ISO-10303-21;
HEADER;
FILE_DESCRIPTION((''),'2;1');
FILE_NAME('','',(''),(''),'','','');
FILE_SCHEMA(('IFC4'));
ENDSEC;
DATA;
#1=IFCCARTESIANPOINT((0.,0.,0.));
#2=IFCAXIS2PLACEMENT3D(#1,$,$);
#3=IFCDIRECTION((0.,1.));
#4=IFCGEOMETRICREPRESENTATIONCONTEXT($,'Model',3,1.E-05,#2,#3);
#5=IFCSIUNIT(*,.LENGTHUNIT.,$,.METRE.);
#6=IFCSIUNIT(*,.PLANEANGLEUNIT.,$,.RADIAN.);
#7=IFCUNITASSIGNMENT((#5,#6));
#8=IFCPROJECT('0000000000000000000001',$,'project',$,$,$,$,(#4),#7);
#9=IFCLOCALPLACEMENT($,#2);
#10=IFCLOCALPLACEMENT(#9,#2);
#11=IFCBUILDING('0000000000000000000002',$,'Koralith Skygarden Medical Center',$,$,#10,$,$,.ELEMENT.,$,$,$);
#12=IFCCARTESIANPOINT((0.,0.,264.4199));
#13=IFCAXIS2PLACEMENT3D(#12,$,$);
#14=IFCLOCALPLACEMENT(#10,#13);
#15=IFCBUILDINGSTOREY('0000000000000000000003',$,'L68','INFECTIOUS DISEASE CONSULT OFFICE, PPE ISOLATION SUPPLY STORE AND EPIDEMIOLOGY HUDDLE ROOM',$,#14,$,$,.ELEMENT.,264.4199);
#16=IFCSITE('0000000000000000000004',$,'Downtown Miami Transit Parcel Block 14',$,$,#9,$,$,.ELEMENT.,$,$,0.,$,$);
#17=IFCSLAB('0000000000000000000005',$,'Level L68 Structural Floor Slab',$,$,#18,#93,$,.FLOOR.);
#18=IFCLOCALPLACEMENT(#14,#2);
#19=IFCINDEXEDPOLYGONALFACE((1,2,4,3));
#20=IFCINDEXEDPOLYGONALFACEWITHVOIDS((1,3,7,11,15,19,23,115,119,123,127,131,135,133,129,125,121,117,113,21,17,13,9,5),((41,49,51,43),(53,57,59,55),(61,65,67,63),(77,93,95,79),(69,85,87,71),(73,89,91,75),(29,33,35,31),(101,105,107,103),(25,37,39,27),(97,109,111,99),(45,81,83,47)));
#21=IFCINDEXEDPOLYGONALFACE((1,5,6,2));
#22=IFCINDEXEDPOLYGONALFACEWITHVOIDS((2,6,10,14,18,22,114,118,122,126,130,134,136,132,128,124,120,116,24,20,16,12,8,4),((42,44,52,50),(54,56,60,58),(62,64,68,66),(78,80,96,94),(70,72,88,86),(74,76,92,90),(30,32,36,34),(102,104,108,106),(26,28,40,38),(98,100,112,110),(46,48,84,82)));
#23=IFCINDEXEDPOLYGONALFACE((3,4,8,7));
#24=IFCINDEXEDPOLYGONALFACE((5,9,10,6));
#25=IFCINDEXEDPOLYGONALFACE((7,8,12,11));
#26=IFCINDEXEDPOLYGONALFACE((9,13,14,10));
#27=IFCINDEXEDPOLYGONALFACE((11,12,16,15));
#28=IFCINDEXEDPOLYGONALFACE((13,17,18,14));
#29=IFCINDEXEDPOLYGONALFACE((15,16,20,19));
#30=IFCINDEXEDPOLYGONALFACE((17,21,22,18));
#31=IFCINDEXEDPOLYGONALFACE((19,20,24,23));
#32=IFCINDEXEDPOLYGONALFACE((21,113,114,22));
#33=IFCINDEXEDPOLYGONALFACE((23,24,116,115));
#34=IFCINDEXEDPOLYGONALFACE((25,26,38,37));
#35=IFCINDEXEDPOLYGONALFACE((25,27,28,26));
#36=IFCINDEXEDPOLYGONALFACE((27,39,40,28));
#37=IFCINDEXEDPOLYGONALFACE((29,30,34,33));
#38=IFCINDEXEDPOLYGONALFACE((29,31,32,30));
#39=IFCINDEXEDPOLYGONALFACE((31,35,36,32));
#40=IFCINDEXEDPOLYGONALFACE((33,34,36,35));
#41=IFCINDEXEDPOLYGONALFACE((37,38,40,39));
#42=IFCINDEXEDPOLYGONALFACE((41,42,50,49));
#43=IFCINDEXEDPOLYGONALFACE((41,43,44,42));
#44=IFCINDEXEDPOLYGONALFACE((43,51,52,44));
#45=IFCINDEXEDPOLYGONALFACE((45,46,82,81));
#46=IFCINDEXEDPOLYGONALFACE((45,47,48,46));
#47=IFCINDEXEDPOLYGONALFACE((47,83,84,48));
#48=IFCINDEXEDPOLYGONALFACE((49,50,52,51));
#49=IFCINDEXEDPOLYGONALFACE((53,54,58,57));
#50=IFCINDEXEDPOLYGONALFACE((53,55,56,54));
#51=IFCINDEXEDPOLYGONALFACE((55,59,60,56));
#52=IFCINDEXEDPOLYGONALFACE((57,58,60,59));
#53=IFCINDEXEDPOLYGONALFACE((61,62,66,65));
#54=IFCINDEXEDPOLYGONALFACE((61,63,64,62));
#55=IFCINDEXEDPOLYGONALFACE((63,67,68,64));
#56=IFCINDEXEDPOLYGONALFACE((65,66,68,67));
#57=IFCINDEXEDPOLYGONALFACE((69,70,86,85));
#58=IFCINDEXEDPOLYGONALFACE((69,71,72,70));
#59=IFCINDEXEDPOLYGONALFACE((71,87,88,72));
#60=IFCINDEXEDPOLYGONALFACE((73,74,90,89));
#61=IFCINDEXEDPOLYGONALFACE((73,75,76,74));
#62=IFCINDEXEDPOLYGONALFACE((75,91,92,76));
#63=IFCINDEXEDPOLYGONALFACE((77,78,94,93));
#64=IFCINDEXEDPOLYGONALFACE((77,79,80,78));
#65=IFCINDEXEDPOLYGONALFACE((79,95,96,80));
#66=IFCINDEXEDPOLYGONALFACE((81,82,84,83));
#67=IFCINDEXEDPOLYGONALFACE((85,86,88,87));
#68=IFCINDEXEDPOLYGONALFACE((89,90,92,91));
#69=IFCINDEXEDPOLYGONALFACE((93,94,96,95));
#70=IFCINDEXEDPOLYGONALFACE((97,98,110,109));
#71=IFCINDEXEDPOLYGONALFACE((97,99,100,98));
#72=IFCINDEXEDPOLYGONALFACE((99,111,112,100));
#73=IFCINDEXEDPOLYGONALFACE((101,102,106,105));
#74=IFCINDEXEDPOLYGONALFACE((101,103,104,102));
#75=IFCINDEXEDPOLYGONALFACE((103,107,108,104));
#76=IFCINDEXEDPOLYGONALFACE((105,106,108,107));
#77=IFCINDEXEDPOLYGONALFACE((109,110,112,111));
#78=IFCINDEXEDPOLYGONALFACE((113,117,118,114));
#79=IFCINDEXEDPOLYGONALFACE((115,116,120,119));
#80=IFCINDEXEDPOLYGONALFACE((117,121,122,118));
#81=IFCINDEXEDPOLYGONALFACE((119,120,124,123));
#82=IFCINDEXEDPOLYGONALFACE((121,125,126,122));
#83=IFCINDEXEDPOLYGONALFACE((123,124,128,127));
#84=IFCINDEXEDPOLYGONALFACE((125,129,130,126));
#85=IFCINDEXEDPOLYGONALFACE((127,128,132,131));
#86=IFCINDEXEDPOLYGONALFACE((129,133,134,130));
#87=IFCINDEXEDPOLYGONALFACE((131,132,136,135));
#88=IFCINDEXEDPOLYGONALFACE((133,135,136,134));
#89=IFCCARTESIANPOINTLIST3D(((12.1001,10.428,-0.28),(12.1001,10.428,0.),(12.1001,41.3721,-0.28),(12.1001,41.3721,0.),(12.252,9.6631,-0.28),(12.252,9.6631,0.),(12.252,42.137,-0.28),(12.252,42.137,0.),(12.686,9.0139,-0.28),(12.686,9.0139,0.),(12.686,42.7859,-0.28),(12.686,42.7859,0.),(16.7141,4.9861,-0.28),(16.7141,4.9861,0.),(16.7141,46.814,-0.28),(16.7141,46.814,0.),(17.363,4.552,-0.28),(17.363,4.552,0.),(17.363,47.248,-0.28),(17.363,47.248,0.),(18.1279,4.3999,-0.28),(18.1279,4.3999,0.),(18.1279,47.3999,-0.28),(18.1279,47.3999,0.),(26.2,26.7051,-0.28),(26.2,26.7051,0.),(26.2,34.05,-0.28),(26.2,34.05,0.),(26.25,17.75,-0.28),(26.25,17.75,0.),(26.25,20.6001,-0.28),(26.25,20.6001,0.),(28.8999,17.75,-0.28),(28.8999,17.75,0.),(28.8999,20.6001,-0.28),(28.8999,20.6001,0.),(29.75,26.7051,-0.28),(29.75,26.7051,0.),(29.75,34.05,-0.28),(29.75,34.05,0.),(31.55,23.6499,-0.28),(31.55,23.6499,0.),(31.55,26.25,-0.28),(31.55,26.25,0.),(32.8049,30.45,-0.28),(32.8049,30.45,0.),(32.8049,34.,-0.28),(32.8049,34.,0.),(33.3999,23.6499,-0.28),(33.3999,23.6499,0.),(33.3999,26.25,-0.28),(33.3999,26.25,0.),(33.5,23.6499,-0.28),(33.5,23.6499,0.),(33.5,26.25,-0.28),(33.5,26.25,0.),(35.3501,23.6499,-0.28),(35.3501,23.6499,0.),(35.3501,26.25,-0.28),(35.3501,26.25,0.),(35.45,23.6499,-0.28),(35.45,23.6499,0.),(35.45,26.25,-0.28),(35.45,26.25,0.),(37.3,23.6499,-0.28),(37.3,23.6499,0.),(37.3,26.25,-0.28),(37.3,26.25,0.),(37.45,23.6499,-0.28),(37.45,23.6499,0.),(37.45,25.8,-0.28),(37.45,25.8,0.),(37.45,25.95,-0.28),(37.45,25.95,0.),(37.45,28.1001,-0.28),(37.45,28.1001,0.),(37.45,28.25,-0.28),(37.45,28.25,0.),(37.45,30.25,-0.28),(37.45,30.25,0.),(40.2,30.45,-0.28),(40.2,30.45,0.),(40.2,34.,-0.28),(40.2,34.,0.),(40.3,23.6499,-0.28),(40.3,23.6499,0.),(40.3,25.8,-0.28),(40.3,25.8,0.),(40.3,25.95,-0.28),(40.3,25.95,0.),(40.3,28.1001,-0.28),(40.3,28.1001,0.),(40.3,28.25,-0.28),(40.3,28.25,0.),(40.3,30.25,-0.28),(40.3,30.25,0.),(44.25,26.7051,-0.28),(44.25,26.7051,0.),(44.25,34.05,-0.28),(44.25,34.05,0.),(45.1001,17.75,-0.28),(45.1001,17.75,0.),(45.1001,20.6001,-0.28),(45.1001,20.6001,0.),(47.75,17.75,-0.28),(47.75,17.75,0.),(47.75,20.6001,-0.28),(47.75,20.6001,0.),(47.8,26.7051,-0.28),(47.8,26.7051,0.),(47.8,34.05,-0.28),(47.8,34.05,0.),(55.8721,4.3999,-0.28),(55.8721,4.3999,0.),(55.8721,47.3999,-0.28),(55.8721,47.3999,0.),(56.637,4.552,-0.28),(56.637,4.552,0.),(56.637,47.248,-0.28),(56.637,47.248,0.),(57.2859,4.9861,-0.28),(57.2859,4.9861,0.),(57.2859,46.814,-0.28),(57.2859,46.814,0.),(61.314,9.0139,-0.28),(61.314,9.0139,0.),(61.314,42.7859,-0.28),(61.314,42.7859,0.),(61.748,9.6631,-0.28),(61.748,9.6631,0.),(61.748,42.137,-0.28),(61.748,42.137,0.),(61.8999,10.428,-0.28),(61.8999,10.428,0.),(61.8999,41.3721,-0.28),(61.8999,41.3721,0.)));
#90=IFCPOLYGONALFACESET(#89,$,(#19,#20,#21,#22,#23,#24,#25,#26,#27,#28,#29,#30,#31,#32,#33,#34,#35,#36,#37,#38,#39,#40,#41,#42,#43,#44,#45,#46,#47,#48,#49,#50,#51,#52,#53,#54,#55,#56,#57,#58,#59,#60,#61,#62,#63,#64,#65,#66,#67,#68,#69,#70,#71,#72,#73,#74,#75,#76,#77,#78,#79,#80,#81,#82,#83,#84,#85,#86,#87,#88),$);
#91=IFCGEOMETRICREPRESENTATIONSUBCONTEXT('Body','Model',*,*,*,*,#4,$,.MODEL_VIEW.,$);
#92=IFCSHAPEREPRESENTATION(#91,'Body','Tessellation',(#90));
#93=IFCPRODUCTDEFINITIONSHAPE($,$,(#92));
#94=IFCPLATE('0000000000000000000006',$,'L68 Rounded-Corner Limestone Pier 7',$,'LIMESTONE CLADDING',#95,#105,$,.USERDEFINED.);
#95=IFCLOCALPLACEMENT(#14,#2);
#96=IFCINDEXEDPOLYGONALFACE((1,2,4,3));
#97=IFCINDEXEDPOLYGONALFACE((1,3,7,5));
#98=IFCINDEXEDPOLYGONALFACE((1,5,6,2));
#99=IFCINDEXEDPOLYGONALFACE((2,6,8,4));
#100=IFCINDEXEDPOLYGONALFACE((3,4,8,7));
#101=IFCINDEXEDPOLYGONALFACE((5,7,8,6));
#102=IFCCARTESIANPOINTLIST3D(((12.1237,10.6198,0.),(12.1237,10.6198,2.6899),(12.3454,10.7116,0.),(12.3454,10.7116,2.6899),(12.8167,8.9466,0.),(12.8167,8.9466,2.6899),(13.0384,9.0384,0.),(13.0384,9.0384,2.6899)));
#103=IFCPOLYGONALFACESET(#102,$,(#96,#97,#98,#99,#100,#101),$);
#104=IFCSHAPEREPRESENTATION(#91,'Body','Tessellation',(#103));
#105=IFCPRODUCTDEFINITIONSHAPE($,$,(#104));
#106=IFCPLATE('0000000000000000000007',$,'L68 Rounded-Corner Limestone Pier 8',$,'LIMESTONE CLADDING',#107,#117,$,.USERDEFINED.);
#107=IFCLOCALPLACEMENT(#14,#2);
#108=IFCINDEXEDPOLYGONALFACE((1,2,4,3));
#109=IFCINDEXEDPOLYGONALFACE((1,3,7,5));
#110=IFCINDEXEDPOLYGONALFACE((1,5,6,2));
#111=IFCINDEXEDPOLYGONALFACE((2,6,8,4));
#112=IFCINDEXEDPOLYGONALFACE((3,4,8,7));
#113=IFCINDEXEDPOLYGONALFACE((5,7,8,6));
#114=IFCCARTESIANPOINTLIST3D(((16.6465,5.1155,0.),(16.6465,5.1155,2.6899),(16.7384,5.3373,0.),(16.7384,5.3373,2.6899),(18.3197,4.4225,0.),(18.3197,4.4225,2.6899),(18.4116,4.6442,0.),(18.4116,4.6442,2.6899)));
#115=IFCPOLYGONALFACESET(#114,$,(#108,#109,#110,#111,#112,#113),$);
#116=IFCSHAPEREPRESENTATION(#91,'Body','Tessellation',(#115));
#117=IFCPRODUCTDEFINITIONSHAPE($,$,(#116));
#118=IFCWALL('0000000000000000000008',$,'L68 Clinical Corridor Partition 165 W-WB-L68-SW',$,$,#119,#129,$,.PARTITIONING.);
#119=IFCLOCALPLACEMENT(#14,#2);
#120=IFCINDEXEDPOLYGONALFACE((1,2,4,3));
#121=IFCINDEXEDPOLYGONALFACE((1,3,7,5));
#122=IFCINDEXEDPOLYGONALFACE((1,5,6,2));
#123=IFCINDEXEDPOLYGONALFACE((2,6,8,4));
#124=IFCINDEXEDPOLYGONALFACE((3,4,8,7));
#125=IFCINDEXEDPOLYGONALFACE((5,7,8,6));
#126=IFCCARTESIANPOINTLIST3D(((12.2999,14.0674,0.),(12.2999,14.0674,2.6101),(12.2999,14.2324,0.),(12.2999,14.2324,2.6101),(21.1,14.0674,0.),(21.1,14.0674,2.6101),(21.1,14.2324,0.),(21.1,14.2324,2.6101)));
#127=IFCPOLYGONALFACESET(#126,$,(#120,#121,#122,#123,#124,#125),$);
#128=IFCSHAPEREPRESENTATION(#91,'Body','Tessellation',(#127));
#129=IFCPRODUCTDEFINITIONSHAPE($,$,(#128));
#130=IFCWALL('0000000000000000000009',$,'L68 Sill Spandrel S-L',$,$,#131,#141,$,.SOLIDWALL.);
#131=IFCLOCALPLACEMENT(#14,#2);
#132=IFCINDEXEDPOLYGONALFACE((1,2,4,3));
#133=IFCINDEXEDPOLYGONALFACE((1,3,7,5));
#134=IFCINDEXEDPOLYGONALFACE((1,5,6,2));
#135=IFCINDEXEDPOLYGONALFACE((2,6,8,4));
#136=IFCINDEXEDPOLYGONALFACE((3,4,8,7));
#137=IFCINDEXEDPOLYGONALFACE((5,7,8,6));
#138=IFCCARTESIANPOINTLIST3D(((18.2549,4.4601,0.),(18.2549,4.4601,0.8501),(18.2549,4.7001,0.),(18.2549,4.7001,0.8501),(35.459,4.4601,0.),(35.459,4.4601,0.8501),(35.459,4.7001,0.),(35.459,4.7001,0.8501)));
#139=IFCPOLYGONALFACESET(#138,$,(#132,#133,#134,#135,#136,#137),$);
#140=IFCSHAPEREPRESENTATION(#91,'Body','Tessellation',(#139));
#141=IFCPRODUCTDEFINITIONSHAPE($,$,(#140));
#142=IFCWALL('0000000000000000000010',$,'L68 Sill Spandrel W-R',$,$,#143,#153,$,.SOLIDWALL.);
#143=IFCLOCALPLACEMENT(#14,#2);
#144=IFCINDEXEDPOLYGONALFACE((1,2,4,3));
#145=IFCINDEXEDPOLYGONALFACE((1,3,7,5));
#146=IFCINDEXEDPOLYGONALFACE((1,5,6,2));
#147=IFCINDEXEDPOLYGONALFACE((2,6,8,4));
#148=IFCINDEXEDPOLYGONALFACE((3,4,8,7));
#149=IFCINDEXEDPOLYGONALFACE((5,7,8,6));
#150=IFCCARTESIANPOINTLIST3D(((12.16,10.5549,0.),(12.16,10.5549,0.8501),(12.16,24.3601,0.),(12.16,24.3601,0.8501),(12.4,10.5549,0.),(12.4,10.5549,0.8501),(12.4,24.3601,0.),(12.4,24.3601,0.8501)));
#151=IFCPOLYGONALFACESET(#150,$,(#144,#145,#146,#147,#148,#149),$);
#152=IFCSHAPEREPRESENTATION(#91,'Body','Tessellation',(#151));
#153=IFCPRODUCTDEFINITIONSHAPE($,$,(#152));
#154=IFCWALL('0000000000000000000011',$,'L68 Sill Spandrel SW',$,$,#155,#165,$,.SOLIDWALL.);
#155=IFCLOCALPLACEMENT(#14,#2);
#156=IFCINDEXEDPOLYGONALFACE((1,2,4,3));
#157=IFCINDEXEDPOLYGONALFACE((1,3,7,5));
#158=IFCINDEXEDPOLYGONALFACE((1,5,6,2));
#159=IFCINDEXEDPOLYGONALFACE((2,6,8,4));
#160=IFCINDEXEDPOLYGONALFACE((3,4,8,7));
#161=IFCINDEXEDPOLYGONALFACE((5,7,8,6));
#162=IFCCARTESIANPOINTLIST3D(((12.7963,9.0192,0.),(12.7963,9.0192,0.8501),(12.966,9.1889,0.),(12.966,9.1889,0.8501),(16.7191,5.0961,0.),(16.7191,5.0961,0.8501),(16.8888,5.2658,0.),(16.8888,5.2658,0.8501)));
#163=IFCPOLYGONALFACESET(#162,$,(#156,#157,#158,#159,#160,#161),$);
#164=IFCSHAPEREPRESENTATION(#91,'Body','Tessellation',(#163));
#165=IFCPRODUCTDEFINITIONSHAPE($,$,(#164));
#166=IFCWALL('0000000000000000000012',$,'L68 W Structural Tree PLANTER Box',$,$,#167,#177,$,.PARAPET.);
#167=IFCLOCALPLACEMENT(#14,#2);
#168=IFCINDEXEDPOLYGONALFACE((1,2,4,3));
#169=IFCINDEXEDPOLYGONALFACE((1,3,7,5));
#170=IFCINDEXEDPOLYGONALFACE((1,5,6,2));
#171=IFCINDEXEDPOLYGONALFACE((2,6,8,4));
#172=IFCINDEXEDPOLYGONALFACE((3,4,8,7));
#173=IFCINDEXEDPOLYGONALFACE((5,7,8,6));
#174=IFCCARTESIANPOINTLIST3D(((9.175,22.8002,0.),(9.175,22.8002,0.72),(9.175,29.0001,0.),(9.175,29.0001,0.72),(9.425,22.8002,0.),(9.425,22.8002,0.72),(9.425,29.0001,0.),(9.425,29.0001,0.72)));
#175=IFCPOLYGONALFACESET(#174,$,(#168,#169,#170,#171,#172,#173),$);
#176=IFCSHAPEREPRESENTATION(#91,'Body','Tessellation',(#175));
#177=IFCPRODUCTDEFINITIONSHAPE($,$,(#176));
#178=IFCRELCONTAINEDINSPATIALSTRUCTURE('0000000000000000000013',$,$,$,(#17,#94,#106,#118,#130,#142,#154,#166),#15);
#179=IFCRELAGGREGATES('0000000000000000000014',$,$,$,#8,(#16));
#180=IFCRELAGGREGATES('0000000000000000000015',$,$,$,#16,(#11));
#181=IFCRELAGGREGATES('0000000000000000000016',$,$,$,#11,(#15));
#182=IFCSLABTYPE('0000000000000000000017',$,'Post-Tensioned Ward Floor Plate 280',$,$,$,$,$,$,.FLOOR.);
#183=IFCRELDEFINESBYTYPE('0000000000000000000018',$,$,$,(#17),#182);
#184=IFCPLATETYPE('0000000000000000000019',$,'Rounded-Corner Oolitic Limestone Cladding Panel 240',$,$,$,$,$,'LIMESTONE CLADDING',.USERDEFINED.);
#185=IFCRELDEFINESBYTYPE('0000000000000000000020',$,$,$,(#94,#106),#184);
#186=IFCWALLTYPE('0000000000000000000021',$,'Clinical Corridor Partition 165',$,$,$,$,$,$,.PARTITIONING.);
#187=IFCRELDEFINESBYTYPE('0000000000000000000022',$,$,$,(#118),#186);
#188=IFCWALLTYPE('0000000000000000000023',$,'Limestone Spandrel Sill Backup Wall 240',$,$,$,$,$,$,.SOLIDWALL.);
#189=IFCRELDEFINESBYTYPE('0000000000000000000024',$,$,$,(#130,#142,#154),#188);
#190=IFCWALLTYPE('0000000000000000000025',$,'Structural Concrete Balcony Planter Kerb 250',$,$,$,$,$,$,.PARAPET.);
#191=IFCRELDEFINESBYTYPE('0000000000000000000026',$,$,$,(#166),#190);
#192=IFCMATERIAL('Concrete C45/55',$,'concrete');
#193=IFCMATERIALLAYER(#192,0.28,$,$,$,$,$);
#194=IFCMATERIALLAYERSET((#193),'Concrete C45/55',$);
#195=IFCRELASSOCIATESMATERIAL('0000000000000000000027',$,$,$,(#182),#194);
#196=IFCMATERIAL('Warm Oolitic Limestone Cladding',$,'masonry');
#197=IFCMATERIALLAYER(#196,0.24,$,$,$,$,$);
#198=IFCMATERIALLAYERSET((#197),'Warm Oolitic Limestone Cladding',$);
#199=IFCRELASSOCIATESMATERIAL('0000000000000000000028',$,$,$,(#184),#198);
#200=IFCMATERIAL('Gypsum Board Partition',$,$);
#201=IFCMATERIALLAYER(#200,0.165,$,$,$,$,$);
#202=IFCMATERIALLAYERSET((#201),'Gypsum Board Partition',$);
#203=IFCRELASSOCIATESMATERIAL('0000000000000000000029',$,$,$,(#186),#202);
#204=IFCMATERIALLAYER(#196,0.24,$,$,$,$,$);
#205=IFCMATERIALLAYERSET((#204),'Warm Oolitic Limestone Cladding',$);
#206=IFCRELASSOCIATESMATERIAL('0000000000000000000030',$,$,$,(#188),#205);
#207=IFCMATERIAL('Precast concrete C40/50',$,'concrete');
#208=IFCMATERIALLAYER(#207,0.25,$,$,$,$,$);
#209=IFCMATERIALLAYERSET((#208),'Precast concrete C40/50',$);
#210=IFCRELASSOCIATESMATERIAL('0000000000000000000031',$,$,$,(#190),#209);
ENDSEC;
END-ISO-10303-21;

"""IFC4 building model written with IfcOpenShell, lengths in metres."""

from ifc_helpers import new_model, si_unit, direction, frame, frame_2d, origin, origin_2d, place, context, subcontext, project, spatial, polyline, rectangle, outline, extrude, material, layer, layer_set, type_object, element, save


model = new_model("IFC4")

# Units and contexts
model_context = context("Model", 3, precision=1e-05, world=origin(), true_north=direction((0.0, 1.0)))
body_context = subcontext(model_context, "Body", "Model", "MODEL_VIEW")
ifc_project = project(units=[si_unit("LENGTHUNIT", "METRE"), si_unit("PLANEANGLEUNIT", "RADIAN")], contexts=[model_context])

# Site, building, storey
site_placement = place(None, origin())
site = spatial("IfcSite", under=ifc_project, at=site_placement, Name="Downtown Miami Transit Parcel Block 14", CompositionType="ELEMENT", RefElevation=0.0)
building_placement = place(site_placement, origin())
building = spatial("IfcBuilding", under=site, at=building_placement, Name="Koralith Skygarden Medical Center", CompositionType="ELEMENT")
storey_placement = place(building_placement, frame((0.0, 0.0, 264.4199)))
storey = spatial("IfcBuildingStorey", under=building, at=storey_placement, Name="L68", Description="INFECTIOUS DISEASE CONSULT OFFICE, PPE ISOLATION SUPPLY STORE AND EPIDEMIOLOGY HUDDLE ROOM", CompositionType="ELEMENT", Elevation=264.4199)

# Shared definitions
ifc_material_1 = material(Name="Concrete C45/55", Category="concrete")

# Slab
ifc_layer_1 = layer(ifc_material_1, 0.28)
ifc_layer_set_1 = layer_set([ifc_layer_1], Name="Concrete C45/55")
slab_type_1 = type_object("IfcSlabType", Name="Post-Tensioned Ward Floor Plate 280", PredefinedType="FLOOR", material=ifc_layer_set_1)
slab_1_placement = place(storey_placement, frame((0.0, 0.0, -0.28)))
element("IfcSlab", 1, at=slab_1_placement, inside=storey, type_object=slab_type_1, Name="Level L68 Structural Floor Slab", PredefinedType="FLOOR", context=body_context, shape_type="SweptSolid", body=[
    extrude(outline(polyline([(16.7141, 4.9861), (17.363, 4.552), (18.1279, 4.3999), (55.8721, 4.3999), (56.637, 4.552), (57.2859, 4.9861), (61.314, 9.0139), (61.748, 9.6631), (61.8999, 10.428), (61.8999, 41.3721), (61.748, 42.137), (61.314, 42.7859), (57.2859, 46.814), (56.637, 47.248), (55.8721, 47.3999), (18.1279, 47.3999), (17.363, 47.248), (16.7141, 46.814), (12.686, 42.7859), (12.252, 42.137), (12.1001, 41.3721), (12.1001, 10.428), (12.252, 9.6631), (12.686, 9.0139), (16.7141, 4.9861)]), holes=[polyline([(26.2, 26.7051), (29.75, 26.7051), (29.75, 34.05), (26.2, 34.05), (26.2, 26.7051)]), polyline([(44.25, 26.7051), (47.8, 26.7051), (47.8, 34.05), (44.25, 34.05), (44.25, 26.7051)]), polyline([(32.8049, 30.45), (40.2, 30.45), (40.2, 34.0), (32.8049, 34.0), (32.8049, 30.45)]), polyline([(26.25, 17.75), (28.8999, 17.75), (28.8999, 20.6001), (26.25, 20.6001), (26.25, 17.75)]), polyline([(45.1001, 17.75), (47.75, 17.75), (47.75, 20.6001), (45.1001, 20.6001), (45.1001, 17.75)]), polyline([(31.55, 23.6499), (33.3999, 23.6499), (33.3999, 26.25), (31.55, 26.25), (31.55, 23.6499)]), polyline([(33.5, 23.6499), (35.3501, 23.6499), (35.3501, 26.25), (33.5, 26.25), (33.5, 23.6499)]), polyline([(35.45, 23.6499), (37.3, 23.6499), (37.3, 26.25), (35.45, 26.25), (35.45, 23.6499)]), polyline([(37.45, 23.6499), (40.3, 23.6499), (40.3, 25.8), (37.45, 25.8), (37.45, 23.6499)]), polyline([(37.45, 25.95), (40.3, 25.95), (40.3, 28.1001), (37.45, 28.1001), (37.45, 25.95)]), polyline([(37.45, 28.25), (40.3, 28.25), (40.3, 30.25), (37.45, 30.25), (37.45, 28.25)])]), origin(), (0.0, 0.0, 1.0), 0.28),
])

# Plates
ifc_material_2 = material(Name="Warm Oolitic Limestone Cladding", Category="masonry")
ifc_layer_2 = layer(ifc_material_2, 0.24)
ifc_layer_set_2 = layer_set([ifc_layer_2], Name="Warm Oolitic Limestone Cladding")
plate_type_1 = type_object("IfcPlateType", Name="Rounded-Corner Oolitic Limestone Cladding Panel 240", ElementType="LIMESTONE CLADDING", PredefinedType="USERDEFINED", material=ifc_layer_set_2)
for number, where, z_axis, x_axis, name in (
    (2, (12.5811, 9.8291, 0.0), (0.0, 0.0, 1.0), (0.382671, -0.923885, 0.0), "L68 Rounded-Corner Limestone Pier 7"),
    (3, (17.5291, 4.8799, 0.0), (0.0, 0.0, 1.0), (0.923885, -0.382671, 0.0), "L68 Rounded-Corner Limestone Pier 8"),
):
    element("IfcPlate", number, at=place(storey_placement, frame(where, z_axis=z_axis, x_axis=x_axis)), inside=storey, type_object=plate_type_1, Name=name, ObjectType="LIMESTONE CLADDING", PredefinedType="USERDEFINED", context=body_context, shape_type="SweptSolid", body=[
        extrude(rectangle(XDim=1.811, YDim=0.24, at=origin_2d()), origin(), (0.0, 0.0, 1.0), 2.6899),
    ])

# Walls
ifc_material_3 = material(Name="Gypsum Board Partition")
ifc_layer_3 = layer(ifc_material_3, 0.165)
ifc_layer_set_3 = layer_set([ifc_layer_3], Name="Gypsum Board Partition")
wall_type_1 = type_object("IfcWallType", Name="Clinical Corridor Partition 165", PredefinedType="PARTITIONING", material=ifc_layer_set_3)
wall_1_placement = place(storey_placement, frame((12.3, 14.1499, 0.0), z_axis=(0.0, 0.0, 1.0), x_axis=(1.0, 0.0, 0.0)))
element("IfcWall", 4, at=wall_1_placement, inside=storey, type_object=wall_type_1, Name="L68 Clinical Corridor Partition 165 W-WB-L68-SW", PredefinedType="PARTITIONING", context=body_context, shape_type="SweptSolid", body=[
    extrude(rectangle(XDim=8.8, YDim=0.165, at=frame_2d((4.3999, 0.0))), origin(), (0.0, 0.0, 1.0), 2.6101),
])
ifc_layer_4 = layer(ifc_material_2, 0.24)
ifc_layer_set_4 = layer_set([ifc_layer_4], Name="Warm Oolitic Limestone Cladding")
wall_type_2 = type_object("IfcWallType", Name="Limestone Spandrel Sill Backup Wall 240", PredefinedType="SOLIDWALL", material=ifc_layer_set_4)
wall_2_placement = place(storey_placement, frame((18.2549, 4.5801, 0.0), z_axis=(0.0, 0.0, 1.0), x_axis=(1.0, 0.0, 0.0)))
element("IfcWall", 5, at=wall_2_placement, inside=storey, type_object=wall_type_2, Name="L68 Sill Spandrel S-L", PredefinedType="SOLIDWALL", context=body_context, shape_type="SweptSolid", body=[
    extrude(rectangle(XDim=17.2041, YDim=0.24, at=frame_2d((8.6021, 0.0))), origin(), (0.0, 0.0, 1.0), 0.8501),
])
wall_3_placement = place(storey_placement, frame((12.28, 24.3601, 0.0), z_axis=(0.0, 0.0, 1.0), x_axis=(0.0, -1.0, 0.0)))
element("IfcWall", 6, at=wall_3_placement, inside=storey, type_object=wall_type_2, Name="L68 Sill Spandrel W-R", PredefinedType="SOLIDWALL", context=body_context, shape_type="SweptSolid", body=[
    extrude(rectangle(XDim=13.8052, YDim=0.24, at=frame_2d((6.9026, 0.0))), origin(), (0.0, 0.0, 1.0), 0.8501),
])
wall_4_placement = place(storey_placement, frame((12.8811, 9.104, 0.0), z_axis=(0.0, 0.0, 1.0), x_axis=(0.707085, -0.707129, 0.0)))
element("IfcWall", 7, at=wall_4_placement, inside=storey, type_object=wall_type_2, Name="L68 Sill Spandrel SW", PredefinedType="SOLIDWALL", context=body_context, shape_type="SweptSolid", body=[
    extrude(rectangle(XDim=5.5479, YDim=0.24, at=frame_2d((2.7739, 0.0))), origin(), (0.0, 0.0, 1.0), 0.8501),
])
ifc_material_4 = material(Name="Precast concrete C40/50", Category="concrete")
ifc_layer_5 = layer(ifc_material_4, 0.25)
ifc_layer_set_5 = layer_set([ifc_layer_5], Name="Precast concrete C40/50")
wall_type_3 = type_object("IfcWallType", Name="Structural Concrete Balcony Planter Kerb 250", PredefinedType="PARAPET", material=ifc_layer_set_5)
wall_5_placement = place(storey_placement, frame((9.3, 22.8, 0.0), z_axis=(0.0, 0.0, 1.0), x_axis=(0.0, 1.0, 0.0)))
element("IfcWall", 8, at=wall_5_placement, inside=storey, type_object=wall_type_3, Name="L68 W Structural Tree PLANTER Box", PredefinedType="PARAPET", context=body_context, shape_type="SweptSolid", body=[
    extrude(rectangle(XDim=6.2, YDim=0.25, at=frame_2d((3.1001, 0.0))), origin(), (0.0, 0.0, 1.0), 0.72),
])

save(model, "model.ifc")
